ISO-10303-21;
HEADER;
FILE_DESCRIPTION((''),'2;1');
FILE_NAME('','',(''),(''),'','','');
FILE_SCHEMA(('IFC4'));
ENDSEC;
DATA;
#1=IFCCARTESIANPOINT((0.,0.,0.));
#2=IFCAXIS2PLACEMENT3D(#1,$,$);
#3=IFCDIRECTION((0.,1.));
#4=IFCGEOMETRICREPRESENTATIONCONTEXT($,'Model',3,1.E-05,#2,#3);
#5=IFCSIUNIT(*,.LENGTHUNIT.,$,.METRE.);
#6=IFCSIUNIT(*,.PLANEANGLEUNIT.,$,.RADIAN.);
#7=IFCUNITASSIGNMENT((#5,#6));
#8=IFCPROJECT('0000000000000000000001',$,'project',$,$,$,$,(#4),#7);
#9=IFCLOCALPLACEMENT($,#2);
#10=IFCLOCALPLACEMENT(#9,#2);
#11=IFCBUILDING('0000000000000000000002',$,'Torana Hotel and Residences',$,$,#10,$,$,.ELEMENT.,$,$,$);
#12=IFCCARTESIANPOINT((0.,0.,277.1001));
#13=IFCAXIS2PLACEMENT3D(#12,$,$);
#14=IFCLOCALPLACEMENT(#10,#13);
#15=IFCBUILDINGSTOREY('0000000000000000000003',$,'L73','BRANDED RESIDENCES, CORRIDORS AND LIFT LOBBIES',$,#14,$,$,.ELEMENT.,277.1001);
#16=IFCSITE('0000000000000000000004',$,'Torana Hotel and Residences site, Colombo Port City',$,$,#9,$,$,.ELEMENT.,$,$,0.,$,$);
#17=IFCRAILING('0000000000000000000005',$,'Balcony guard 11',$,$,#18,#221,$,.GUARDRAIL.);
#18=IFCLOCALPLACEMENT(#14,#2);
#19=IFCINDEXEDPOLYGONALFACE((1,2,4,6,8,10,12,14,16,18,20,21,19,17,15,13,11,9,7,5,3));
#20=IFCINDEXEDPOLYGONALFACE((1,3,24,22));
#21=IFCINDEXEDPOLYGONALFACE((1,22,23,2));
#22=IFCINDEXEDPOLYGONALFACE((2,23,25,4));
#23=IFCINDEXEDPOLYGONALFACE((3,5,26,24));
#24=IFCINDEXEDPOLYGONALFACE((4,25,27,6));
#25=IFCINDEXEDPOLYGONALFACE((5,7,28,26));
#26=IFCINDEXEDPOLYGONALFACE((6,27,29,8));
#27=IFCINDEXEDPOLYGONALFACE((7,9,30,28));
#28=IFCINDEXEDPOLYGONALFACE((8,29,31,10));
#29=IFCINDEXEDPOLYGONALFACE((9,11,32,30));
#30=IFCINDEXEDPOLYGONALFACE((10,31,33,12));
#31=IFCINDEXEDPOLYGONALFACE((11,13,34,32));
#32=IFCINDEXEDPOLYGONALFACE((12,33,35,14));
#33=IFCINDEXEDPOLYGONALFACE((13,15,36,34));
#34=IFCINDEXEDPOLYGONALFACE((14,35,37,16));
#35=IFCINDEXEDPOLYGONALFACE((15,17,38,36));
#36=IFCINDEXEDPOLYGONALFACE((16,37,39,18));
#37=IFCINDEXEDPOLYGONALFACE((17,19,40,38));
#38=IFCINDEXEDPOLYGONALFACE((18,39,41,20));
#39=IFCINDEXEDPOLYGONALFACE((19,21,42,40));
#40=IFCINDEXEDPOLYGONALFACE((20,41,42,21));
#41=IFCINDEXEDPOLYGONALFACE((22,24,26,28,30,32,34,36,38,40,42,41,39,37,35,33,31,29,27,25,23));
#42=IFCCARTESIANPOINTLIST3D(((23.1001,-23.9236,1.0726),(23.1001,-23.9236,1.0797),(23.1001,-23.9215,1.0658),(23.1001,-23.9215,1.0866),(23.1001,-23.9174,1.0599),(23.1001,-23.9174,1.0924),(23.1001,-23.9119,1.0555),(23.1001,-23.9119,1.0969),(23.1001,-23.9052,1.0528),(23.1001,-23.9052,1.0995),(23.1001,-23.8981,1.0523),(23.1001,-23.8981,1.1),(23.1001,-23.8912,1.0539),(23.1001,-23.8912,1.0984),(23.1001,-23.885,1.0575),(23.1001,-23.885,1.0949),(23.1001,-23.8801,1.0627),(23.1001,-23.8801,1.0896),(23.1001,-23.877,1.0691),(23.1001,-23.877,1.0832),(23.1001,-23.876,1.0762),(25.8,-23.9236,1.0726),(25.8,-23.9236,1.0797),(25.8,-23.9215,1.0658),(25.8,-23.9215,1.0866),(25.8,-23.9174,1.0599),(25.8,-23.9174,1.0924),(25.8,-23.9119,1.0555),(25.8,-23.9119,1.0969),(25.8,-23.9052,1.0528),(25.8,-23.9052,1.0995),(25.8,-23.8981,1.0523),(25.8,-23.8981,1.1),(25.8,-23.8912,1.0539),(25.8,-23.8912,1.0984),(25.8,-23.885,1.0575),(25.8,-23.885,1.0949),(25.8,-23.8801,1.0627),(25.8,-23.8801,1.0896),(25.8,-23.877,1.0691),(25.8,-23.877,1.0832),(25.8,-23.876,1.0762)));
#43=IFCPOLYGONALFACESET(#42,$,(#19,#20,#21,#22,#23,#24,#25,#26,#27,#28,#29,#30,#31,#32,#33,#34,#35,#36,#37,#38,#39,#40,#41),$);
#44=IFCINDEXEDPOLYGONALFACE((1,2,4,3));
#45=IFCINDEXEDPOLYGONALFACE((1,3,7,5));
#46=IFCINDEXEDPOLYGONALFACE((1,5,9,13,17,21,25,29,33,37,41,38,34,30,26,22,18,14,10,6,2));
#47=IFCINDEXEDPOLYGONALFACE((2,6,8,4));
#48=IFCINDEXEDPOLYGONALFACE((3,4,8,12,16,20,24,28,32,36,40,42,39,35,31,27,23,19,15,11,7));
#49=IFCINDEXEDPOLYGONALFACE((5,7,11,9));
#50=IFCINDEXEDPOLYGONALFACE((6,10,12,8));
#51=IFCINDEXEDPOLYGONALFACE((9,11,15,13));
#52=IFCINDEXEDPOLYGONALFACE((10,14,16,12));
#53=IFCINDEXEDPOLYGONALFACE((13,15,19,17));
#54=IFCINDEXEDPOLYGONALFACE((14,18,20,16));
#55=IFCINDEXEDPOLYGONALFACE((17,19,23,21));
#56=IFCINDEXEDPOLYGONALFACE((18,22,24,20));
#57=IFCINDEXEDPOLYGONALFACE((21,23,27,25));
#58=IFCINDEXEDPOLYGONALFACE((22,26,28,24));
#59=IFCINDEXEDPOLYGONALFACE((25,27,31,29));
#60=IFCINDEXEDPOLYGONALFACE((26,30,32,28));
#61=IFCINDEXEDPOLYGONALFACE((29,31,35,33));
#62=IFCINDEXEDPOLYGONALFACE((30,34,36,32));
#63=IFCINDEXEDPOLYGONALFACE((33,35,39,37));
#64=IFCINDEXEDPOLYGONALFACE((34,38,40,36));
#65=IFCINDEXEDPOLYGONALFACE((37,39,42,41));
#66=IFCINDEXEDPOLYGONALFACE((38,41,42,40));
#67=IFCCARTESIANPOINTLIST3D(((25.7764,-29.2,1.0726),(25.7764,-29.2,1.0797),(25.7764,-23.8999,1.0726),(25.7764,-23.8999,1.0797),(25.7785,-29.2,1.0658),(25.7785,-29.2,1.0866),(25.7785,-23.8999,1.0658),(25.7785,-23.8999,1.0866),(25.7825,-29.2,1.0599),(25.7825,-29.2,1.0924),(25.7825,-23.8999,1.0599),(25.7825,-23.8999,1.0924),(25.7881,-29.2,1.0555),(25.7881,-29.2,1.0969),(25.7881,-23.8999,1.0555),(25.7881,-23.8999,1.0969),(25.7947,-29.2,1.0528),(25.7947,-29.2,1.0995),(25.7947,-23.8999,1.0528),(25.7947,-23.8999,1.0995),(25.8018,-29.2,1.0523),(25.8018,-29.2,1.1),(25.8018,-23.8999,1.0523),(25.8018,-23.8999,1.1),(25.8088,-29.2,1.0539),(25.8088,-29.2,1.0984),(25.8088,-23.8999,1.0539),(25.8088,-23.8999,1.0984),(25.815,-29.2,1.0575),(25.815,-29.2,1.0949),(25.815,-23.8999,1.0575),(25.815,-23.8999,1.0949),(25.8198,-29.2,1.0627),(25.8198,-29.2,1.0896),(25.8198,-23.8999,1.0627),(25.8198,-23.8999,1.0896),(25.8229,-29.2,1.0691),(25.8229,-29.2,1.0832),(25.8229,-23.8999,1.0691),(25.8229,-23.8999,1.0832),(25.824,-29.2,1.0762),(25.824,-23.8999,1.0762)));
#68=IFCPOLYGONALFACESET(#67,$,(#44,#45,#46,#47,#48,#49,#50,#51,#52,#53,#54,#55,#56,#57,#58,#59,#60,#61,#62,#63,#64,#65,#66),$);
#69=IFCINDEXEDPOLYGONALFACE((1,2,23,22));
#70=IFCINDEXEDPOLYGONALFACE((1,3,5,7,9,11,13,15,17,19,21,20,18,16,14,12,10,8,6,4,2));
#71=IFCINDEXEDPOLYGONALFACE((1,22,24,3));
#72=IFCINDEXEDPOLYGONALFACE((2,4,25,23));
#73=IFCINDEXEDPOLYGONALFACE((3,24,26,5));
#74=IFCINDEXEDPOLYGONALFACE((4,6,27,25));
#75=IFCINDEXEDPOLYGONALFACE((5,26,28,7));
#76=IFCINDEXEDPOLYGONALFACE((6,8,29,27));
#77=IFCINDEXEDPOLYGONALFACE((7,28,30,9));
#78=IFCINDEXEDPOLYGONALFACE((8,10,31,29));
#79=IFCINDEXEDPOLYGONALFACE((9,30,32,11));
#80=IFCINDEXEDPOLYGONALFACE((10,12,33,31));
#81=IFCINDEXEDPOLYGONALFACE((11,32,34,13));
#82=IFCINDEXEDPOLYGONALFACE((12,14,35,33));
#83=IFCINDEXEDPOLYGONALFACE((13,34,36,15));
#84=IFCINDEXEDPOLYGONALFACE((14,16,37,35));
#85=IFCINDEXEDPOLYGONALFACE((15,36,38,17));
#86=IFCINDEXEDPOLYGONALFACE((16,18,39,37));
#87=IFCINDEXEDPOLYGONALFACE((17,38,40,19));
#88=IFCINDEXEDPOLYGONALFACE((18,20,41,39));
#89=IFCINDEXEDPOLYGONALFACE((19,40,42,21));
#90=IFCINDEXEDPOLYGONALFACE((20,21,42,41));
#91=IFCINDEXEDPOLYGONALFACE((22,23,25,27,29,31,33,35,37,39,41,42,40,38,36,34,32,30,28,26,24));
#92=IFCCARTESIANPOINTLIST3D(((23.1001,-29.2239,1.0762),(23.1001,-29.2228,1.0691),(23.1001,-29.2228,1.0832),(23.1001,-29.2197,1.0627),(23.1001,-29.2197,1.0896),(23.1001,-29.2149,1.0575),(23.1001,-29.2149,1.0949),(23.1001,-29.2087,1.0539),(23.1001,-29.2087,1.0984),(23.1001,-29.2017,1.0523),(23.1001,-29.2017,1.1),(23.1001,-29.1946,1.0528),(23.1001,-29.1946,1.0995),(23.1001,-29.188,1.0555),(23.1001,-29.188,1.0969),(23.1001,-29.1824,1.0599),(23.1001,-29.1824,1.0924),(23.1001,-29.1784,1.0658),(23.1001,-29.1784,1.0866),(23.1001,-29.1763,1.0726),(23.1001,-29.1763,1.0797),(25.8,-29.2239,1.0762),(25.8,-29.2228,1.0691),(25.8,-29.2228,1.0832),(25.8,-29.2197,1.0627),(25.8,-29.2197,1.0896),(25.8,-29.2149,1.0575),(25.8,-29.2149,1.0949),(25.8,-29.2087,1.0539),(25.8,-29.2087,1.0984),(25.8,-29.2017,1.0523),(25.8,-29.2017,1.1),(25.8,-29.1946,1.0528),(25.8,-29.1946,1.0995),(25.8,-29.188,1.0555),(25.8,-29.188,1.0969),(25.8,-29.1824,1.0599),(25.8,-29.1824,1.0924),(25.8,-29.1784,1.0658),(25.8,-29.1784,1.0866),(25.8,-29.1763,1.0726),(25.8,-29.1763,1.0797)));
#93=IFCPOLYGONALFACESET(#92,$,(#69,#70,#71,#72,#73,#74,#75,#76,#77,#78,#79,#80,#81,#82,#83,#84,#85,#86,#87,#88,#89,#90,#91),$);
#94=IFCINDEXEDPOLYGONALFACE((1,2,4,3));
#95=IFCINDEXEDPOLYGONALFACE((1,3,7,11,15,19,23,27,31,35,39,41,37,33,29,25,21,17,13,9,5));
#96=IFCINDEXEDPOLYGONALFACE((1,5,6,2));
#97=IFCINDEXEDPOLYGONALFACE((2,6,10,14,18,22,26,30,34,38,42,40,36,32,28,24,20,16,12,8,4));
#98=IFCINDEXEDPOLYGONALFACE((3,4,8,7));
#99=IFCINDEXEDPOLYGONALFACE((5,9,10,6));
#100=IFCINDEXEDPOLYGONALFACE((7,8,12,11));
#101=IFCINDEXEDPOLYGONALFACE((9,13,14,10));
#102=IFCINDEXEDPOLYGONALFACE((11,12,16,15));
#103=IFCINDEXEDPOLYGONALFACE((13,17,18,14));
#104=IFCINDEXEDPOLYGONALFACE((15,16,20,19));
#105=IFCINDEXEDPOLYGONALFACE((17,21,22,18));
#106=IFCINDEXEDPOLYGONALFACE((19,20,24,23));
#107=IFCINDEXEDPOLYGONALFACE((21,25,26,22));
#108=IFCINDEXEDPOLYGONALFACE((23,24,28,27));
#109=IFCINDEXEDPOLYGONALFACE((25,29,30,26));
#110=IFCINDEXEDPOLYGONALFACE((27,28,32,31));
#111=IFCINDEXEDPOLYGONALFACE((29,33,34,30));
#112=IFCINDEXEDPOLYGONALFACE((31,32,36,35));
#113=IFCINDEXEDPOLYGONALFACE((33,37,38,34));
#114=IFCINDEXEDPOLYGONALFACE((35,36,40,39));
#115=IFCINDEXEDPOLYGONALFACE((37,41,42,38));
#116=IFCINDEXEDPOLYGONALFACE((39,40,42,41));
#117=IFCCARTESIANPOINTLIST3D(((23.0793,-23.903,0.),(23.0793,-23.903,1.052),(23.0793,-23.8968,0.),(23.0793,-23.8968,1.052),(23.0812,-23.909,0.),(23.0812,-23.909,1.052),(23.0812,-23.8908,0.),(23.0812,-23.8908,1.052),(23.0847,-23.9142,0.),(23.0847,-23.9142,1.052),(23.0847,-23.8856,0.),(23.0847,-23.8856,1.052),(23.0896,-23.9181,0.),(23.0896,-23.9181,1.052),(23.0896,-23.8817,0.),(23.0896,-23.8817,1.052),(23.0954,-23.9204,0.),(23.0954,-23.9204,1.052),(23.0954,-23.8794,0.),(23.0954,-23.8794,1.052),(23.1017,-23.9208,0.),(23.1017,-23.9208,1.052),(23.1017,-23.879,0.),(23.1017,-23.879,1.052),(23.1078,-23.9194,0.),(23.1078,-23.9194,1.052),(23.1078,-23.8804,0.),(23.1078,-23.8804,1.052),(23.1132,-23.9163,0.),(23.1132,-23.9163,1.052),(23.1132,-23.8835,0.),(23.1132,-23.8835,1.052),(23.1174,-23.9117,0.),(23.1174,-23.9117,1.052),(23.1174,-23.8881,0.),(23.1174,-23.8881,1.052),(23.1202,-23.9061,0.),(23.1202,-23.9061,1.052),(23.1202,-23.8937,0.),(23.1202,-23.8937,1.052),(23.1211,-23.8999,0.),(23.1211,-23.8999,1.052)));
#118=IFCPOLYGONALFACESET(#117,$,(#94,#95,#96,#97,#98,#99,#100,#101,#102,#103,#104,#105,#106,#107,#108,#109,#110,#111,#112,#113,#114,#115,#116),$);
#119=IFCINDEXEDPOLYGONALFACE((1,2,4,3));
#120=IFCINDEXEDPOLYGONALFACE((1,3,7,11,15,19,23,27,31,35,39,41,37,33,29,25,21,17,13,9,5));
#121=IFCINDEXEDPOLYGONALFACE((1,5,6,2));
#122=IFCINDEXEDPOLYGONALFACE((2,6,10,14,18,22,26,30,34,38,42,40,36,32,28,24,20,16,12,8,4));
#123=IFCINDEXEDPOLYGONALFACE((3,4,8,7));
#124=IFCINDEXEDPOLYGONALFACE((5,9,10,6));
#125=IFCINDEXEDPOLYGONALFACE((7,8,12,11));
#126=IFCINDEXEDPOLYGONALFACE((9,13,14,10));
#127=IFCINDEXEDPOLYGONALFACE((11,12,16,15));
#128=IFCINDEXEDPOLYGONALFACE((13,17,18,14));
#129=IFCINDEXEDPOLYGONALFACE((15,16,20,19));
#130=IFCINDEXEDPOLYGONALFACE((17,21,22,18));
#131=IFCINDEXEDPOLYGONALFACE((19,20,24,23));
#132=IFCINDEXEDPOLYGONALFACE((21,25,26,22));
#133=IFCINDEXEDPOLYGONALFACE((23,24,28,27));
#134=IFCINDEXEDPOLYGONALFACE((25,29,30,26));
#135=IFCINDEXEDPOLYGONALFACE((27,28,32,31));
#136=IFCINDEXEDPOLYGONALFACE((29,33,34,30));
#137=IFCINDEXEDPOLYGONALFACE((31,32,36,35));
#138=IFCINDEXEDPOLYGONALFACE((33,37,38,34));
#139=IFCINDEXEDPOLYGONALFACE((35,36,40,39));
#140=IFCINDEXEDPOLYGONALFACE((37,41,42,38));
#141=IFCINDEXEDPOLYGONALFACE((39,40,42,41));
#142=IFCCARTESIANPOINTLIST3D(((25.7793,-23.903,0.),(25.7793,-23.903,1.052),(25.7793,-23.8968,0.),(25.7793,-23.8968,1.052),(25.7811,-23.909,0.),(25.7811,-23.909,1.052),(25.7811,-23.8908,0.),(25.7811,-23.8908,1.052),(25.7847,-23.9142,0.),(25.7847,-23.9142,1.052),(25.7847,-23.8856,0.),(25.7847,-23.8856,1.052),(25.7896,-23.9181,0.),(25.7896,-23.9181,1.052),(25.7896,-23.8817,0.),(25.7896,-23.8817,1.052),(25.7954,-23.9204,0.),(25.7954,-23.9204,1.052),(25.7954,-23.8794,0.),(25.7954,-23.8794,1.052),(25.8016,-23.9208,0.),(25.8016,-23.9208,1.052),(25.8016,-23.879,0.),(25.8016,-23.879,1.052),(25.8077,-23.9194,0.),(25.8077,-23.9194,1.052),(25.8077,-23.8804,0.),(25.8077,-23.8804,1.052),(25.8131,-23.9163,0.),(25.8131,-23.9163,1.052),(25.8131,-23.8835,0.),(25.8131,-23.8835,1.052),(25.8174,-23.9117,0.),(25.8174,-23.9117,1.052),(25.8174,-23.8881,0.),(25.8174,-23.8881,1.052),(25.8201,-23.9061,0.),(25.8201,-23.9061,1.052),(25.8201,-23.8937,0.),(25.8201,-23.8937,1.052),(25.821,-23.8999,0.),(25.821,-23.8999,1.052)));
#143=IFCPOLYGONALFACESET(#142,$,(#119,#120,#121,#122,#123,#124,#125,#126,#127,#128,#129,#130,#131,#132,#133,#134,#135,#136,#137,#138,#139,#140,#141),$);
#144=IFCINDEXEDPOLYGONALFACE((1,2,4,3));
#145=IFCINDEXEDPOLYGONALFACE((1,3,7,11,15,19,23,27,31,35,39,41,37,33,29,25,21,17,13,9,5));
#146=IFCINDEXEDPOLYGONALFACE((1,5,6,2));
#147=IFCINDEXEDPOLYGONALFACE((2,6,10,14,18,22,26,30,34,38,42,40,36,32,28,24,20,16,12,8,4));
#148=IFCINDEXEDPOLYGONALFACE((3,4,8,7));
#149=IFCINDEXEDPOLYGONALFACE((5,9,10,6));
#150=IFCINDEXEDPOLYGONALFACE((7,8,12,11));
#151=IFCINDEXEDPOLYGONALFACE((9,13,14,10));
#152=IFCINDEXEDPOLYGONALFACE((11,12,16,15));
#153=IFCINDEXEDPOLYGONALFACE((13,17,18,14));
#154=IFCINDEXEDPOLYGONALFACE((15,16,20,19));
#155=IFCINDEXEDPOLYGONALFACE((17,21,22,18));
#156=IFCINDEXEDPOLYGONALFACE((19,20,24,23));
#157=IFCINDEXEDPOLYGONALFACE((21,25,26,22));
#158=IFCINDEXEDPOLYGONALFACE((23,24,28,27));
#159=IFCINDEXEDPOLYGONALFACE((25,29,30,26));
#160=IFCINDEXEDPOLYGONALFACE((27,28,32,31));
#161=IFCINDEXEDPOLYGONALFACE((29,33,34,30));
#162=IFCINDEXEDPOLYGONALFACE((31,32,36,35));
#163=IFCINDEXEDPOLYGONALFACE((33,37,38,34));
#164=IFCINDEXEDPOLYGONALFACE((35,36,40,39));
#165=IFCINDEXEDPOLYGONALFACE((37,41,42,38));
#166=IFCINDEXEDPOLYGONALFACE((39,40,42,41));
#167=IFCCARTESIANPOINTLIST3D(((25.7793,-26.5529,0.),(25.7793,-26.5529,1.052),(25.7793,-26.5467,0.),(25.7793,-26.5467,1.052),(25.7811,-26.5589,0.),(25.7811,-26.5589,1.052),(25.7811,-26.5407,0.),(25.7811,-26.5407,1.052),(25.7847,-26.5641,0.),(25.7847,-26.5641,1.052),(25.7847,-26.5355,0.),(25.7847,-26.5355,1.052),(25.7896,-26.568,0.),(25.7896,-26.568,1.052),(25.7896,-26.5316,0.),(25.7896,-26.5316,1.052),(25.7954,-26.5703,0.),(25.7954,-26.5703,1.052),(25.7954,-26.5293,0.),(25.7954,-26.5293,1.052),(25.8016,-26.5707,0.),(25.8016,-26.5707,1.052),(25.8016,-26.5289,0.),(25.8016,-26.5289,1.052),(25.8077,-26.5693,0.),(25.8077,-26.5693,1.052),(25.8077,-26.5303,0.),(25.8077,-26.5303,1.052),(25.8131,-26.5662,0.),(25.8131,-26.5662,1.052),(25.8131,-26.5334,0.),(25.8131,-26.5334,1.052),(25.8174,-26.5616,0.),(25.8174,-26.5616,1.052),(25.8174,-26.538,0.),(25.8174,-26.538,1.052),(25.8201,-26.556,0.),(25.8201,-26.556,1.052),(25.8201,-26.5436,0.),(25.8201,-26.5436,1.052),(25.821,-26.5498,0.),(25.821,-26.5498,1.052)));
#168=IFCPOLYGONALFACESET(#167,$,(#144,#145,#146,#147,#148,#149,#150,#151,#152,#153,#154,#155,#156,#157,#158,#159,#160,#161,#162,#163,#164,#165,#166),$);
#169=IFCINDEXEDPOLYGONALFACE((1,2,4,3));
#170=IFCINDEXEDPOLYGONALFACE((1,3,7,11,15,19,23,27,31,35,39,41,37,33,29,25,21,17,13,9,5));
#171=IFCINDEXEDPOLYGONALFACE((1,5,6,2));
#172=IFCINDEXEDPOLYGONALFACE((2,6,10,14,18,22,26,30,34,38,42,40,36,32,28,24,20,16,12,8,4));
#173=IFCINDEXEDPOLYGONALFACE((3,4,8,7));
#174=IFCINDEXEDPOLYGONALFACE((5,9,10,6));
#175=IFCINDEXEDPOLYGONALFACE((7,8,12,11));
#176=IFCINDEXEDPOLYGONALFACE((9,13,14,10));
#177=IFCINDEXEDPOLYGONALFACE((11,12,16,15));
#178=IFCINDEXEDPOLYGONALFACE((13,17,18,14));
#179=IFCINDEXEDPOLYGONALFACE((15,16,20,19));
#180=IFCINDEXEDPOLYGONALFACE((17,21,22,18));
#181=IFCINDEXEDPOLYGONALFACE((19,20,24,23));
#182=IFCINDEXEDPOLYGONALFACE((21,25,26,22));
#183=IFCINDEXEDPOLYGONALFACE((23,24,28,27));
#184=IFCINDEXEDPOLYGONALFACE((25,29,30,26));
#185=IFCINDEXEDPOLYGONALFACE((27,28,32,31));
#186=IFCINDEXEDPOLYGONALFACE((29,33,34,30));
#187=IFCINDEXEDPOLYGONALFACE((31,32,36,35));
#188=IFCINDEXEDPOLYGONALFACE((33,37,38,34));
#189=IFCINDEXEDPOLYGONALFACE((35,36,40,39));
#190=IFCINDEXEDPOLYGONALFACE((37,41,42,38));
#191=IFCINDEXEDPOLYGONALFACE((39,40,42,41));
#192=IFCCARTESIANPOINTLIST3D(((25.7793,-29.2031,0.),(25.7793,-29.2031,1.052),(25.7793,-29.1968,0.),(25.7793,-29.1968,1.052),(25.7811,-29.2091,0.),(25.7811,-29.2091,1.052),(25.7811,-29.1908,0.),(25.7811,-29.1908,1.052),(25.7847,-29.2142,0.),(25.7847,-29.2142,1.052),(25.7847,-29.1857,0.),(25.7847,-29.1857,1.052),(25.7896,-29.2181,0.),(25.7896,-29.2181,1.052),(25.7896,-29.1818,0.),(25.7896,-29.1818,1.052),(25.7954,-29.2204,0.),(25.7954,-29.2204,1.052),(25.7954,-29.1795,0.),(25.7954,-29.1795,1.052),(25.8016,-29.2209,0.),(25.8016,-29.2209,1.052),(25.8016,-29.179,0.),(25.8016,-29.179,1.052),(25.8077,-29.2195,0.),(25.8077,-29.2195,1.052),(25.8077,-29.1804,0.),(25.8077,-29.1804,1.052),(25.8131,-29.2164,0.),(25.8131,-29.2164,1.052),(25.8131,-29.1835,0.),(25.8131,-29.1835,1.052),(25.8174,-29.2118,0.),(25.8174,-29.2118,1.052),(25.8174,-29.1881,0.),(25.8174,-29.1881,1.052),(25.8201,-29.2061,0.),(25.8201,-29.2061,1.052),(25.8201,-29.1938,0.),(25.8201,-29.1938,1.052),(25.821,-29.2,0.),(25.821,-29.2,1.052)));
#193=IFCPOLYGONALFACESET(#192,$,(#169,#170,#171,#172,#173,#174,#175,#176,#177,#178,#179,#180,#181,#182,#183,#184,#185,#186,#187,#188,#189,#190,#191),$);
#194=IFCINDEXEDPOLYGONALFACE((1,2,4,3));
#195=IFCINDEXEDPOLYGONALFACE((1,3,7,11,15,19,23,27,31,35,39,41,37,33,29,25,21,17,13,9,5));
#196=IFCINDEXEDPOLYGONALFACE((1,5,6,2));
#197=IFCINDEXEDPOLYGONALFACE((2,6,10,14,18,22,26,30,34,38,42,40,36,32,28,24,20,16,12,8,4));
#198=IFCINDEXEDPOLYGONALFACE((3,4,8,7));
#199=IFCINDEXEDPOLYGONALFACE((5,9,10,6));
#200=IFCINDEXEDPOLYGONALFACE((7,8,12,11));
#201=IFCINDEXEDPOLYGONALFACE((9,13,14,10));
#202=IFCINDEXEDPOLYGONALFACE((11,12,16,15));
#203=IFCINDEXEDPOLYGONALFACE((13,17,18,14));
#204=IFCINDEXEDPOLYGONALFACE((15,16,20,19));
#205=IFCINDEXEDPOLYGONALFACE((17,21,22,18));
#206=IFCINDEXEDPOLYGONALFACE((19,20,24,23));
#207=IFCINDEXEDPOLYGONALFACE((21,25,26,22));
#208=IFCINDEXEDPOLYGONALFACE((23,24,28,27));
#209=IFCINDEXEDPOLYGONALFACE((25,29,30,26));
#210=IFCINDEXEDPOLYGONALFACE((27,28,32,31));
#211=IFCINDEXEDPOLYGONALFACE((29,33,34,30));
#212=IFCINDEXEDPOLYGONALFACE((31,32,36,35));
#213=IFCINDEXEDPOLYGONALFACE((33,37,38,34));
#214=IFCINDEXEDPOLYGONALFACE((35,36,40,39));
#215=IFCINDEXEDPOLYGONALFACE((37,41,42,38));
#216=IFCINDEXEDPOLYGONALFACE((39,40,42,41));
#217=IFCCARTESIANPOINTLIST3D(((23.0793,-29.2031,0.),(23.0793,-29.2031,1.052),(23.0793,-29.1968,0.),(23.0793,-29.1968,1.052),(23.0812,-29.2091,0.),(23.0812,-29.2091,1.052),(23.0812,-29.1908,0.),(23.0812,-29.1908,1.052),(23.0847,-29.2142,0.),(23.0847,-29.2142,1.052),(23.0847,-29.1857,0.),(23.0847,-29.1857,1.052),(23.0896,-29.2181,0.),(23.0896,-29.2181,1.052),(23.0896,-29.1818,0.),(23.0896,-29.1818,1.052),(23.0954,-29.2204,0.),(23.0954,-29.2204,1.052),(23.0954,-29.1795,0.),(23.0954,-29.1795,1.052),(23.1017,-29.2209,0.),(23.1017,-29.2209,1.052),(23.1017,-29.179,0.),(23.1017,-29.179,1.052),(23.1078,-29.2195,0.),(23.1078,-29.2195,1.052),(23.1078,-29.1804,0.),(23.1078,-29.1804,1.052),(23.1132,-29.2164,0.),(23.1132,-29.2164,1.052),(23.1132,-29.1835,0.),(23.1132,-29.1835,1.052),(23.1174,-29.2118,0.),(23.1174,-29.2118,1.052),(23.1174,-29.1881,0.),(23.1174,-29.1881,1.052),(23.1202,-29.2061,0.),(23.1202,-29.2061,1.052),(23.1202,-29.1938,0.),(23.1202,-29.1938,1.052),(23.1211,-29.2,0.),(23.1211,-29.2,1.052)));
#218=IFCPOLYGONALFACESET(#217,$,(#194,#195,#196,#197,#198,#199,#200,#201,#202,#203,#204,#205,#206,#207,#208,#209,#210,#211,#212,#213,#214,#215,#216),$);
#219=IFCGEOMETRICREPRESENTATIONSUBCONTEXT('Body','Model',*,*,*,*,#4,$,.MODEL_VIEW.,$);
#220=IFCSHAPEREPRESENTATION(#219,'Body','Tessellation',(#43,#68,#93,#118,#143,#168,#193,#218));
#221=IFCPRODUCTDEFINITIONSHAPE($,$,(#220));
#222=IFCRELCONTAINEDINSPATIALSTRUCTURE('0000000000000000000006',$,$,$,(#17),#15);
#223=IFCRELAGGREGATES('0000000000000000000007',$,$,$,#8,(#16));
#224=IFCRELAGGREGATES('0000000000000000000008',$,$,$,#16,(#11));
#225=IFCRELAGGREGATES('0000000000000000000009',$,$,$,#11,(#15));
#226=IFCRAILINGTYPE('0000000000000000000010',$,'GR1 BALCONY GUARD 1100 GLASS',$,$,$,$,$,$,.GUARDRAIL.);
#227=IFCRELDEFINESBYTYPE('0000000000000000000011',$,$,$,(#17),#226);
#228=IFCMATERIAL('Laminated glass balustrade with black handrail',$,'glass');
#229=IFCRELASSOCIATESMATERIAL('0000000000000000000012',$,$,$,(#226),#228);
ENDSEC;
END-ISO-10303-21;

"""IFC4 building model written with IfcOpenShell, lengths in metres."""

from ifc_helpers import new_model, si_unit, direction, frame, origin, origin_2d, place, context, subcontext, project, spatial, circle, extrude, material, type_object, element, save


model = new_model("IFC4")

# Units and contexts
model_context = context("Model", 3, precision=1e-05, world=origin(), true_north=direction((0.0, 1.0)))
body_context = subcontext(model_context, "Body", "Model", "MODEL_VIEW")
ifc_project = project(units=[si_unit("LENGTHUNIT", "METRE"), si_unit("PLANEANGLEUNIT", "RADIAN")], contexts=[model_context])

# Site, building, storey
site_placement = place(None, origin())
site = spatial("IfcSite", under=ifc_project, at=site_placement, Name="Torana Hotel and Residences site, Colombo Port City", CompositionType="ELEMENT", RefElevation=0.0)
building_placement = place(site_placement, origin())
building = spatial("IfcBuilding", under=site, at=building_placement, Name="Torana Hotel and Residences", CompositionType="ELEMENT")
storey_placement = place(building_placement, frame((0.0, 0.0, 277.1001)))
storey = spatial("IfcBuildingStorey", under=building, at=storey_placement, Name="L73", Description="BRANDED RESIDENCES, CORRIDORS AND LIFT LOBBIES", CompositionType="ELEMENT", Elevation=277.1001)

# Railing
ifc_material_1 = material(Name="Laminated glass balustrade with black handrail", Category="glass")
railing_type = type_object("IfcRailingType", Name="GR1 BALCONY GUARD 1100 GLASS", PredefinedType="GUARDRAIL", material=ifc_material_1)
railing_1_placement = place(storey_placement, frame((23.1001, -23.8999, 0.0)))
element("IfcRailing", 1, at=railing_1_placement, inside=storey, type_object=railing_type, Name="Balcony guard 11", PredefinedType="GUARDRAIL", context=body_context, shape_type="SweptSolid", body=[
    extrude(circle(Radius=0.0239, at=origin_2d()), frame((0.0, 0.0, 1.0762), z_axis=(1.0, 0.0, 0.0), x_axis=(0.0, 1.0, 0.0)), (0.0, 0.0, 1.0), 2.7),
    extrude(circle(Radius=0.0239, at=origin_2d()), frame((2.7, 0.0, 1.0762), z_axis=(0.0, -1.0, 0.0), x_axis=(1.0, 0.0, 0.0)), (0.0, 0.0, 1.0), 5.3),
    extrude(circle(Radius=0.0239, at=origin_2d()), frame((2.7, -5.3, 1.0762), z_axis=(-1.0, 0.0, 0.0), x_axis=(0.0, -1.0, 0.0)), (0.0, 0.0, 1.0), 2.7),
    extrude(circle(Radius=0.021, at=origin_2d()), origin(), (0.0, 0.0, 1.0), 1.052),
    extrude(circle(Radius=0.021, at=origin_2d()), frame((2.7, 0.0, 0.0)), (0.0, 0.0, 1.0), 1.052),
    extrude(circle(Radius=0.021, at=origin_2d()), frame((2.7, -2.6499, 0.0)), (0.0, 0.0, 1.0), 1.052),
    extrude(circle(Radius=0.021, at=origin_2d()), frame((2.7, -5.3, 0.0)), (0.0, 0.0, 1.0), 1.052),
    extrude(circle(Radius=0.021, at=origin_2d()), frame((0.0, -5.3, 0.0)), (0.0, 0.0, 1.0), 1.052),
])

save(model, "model.ifc")
